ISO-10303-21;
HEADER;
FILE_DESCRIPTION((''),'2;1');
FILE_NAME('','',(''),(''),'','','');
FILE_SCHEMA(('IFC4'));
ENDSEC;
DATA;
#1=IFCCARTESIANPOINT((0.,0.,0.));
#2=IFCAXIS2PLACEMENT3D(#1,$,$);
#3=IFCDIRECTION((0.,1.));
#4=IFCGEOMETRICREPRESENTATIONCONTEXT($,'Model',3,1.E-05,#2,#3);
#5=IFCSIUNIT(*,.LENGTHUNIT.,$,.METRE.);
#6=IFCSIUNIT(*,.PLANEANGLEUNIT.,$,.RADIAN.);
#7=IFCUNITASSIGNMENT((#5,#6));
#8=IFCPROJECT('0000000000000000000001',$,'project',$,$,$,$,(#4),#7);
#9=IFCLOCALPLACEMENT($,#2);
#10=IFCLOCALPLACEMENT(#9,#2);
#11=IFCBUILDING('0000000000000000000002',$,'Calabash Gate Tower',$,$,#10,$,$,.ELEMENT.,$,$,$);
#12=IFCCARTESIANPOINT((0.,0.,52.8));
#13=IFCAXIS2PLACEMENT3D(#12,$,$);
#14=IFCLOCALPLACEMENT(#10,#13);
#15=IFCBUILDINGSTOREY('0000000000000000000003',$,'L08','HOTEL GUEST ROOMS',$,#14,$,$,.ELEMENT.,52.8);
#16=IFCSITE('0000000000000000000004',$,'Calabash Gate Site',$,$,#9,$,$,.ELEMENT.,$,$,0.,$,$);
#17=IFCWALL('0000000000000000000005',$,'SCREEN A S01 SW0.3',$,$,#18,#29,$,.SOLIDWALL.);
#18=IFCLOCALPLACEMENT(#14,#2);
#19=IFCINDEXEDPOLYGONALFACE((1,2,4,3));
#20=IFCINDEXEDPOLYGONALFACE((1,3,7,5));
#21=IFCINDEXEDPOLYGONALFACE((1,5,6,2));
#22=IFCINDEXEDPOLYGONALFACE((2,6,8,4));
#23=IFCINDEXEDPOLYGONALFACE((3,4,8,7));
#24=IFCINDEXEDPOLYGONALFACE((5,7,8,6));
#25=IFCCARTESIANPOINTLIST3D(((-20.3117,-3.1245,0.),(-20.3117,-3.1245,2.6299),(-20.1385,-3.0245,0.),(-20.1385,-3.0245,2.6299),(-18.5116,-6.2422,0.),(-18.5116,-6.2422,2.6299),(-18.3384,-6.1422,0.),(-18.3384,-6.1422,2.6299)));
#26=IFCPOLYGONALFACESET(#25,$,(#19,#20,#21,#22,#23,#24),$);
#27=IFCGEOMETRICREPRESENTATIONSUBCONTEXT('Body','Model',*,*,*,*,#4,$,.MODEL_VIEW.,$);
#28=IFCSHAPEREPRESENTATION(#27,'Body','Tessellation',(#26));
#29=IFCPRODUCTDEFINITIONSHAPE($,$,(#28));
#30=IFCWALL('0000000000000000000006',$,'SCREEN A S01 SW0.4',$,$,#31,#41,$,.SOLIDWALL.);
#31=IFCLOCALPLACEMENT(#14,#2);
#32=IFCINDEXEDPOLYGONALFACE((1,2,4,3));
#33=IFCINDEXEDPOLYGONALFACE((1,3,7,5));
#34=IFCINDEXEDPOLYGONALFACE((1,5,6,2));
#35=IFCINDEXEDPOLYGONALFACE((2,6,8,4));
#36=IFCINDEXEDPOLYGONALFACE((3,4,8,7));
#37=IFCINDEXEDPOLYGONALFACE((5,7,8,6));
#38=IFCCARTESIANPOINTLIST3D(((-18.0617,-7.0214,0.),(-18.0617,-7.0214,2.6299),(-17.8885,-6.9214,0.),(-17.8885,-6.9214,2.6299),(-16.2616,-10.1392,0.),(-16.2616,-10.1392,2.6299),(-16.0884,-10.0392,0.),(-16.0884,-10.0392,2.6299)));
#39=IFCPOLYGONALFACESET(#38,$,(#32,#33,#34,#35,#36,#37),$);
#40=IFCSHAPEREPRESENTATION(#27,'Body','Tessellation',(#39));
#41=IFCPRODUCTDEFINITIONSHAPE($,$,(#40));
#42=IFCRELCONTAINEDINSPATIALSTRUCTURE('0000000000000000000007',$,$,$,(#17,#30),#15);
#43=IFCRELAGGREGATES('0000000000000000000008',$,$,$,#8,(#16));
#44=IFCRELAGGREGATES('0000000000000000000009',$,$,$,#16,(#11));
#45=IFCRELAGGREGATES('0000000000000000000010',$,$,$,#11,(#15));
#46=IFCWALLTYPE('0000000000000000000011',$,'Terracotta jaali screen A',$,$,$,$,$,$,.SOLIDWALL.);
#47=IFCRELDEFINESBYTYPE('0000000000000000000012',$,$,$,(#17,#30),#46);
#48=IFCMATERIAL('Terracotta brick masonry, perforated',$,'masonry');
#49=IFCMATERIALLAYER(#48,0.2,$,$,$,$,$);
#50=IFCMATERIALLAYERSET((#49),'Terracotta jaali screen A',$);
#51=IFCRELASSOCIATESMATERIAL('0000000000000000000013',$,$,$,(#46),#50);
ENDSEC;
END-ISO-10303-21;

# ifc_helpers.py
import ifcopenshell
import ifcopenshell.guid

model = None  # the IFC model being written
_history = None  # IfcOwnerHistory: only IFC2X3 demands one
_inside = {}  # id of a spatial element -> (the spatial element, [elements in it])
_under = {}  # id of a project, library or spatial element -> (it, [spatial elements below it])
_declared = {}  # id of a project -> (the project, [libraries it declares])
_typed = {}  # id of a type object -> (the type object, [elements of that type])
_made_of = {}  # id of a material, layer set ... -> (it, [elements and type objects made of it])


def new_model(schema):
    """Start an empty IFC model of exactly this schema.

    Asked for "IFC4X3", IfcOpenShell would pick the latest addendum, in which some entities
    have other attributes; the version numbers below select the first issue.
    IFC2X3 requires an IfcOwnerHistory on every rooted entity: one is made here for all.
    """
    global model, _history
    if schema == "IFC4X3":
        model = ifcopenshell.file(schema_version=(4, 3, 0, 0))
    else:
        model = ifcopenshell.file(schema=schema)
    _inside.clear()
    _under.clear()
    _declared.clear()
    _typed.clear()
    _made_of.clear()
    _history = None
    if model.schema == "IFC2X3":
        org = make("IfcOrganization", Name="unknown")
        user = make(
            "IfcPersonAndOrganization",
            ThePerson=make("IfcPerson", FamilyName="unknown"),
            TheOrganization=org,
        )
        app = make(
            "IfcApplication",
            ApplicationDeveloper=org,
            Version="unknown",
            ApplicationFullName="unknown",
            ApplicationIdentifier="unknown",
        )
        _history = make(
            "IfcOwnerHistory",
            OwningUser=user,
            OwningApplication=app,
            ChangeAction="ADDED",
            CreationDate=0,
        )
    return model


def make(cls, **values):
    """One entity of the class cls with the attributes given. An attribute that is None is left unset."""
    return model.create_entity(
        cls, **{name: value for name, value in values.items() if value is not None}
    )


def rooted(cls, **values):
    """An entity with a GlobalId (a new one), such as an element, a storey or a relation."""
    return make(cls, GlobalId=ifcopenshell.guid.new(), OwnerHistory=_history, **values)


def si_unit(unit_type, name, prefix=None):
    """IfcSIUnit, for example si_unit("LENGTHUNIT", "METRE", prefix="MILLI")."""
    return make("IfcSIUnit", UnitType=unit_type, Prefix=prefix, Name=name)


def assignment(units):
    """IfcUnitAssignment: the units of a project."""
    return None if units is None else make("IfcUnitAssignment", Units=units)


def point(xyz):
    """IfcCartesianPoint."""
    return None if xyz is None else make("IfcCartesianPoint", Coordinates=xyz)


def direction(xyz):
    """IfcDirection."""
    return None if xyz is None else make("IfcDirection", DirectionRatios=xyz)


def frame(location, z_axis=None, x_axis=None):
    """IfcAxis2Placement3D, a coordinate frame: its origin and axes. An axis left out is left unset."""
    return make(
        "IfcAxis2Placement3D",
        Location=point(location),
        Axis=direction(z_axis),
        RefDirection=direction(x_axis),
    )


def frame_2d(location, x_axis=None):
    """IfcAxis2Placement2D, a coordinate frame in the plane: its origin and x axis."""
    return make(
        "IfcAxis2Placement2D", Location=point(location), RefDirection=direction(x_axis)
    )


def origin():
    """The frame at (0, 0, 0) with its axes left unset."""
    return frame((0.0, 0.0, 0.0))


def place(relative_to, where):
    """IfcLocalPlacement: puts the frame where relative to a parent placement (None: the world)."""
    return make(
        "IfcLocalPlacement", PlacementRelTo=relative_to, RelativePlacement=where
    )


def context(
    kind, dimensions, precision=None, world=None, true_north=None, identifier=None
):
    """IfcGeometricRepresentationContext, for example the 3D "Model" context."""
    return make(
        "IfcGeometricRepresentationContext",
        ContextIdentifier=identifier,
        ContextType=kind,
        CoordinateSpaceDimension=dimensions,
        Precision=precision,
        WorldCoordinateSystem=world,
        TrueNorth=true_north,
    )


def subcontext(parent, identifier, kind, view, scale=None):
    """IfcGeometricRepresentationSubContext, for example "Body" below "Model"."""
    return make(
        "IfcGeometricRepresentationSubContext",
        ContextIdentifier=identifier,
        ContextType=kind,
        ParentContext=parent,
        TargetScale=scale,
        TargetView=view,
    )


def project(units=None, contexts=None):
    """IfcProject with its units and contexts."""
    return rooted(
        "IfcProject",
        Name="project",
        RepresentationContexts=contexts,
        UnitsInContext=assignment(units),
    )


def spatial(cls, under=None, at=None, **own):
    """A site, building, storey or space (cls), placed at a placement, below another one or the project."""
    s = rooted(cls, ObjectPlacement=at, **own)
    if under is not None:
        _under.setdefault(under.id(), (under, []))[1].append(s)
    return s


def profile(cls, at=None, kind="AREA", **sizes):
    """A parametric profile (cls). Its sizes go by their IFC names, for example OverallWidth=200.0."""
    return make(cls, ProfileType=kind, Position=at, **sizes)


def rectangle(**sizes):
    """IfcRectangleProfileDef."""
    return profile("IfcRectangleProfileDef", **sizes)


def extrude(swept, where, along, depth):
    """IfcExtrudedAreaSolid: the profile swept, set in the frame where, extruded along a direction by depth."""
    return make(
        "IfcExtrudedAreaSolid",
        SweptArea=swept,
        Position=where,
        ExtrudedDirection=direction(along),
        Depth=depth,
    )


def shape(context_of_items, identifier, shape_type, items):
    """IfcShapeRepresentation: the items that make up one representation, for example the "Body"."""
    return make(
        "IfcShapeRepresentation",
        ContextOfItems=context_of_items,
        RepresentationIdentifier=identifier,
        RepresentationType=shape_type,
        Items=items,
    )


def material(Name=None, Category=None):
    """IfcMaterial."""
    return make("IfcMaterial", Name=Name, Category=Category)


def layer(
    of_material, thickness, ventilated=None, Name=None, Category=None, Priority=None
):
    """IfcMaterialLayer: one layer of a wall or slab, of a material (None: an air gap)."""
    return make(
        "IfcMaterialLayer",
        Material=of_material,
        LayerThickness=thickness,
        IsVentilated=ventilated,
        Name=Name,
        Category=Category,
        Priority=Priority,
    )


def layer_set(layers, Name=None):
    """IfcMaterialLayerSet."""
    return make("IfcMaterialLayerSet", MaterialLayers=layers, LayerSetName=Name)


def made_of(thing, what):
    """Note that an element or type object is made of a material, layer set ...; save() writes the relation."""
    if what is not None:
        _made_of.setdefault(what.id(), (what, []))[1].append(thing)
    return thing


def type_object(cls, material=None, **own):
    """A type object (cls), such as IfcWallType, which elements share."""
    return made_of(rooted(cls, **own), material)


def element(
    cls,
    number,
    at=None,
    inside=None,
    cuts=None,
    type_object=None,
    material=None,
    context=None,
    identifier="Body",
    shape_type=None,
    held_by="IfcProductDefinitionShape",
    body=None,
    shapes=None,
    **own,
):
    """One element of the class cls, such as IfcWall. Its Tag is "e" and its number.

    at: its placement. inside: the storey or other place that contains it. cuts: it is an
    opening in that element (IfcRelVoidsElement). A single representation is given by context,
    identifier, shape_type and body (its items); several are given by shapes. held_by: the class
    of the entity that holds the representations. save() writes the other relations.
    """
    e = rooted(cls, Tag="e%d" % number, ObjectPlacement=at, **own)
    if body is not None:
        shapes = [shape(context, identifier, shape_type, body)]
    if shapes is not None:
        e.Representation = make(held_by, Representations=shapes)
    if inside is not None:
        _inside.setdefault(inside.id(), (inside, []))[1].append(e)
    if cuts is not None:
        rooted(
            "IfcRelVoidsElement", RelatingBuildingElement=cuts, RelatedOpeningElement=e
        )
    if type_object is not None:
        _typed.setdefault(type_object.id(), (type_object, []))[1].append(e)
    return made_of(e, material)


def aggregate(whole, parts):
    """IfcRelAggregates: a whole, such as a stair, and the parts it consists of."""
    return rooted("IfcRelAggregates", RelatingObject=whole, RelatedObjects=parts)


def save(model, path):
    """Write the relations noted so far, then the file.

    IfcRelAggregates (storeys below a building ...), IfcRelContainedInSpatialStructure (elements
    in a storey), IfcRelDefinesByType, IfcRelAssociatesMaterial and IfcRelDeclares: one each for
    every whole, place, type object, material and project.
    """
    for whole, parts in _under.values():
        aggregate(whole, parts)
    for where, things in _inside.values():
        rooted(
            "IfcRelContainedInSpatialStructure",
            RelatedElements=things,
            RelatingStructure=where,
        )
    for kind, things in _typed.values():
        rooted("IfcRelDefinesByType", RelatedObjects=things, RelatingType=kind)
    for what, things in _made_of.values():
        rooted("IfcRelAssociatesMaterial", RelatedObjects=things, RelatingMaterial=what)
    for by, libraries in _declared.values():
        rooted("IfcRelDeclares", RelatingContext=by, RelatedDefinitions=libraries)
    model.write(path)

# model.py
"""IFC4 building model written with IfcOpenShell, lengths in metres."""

from ifc_helpers import new_model, si_unit, direction, frame, frame_2d, origin, place, context, subcontext, project, spatial, rectangle, extrude, material, layer, layer_set, type_object, element, save


model = new_model("IFC4")

# Units and contexts
model_context = context("Model", 3, precision=1e-05, world=origin(), true_north=direction((0.0, 1.0)))
body_context = subcontext(model_context, "Body", "Model", "MODEL_VIEW")
ifc_project = project(units=[si_unit("LENGTHUNIT", "METRE"), si_unit("PLANEANGLEUNIT", "RADIAN")], contexts=[model_context])

# Site, building, storey
site_placement = place(None, origin())
site = spatial("IfcSite", under=ifc_project, at=site_placement, Name="Calabash Gate Site", CompositionType="ELEMENT", RefElevation=0.0)
building_placement = place(site_placement, origin())
building = spatial("IfcBuilding", under=site, at=building_placement, Name="Calabash Gate Tower", CompositionType="ELEMENT")
storey_placement = place(building_placement, frame((0.0, 0.0, 52.8)))
storey = spatial("IfcBuildingStorey", under=building, at=storey_placement, Name="L08", Description="HOTEL GUEST ROOMS", CompositionType="ELEMENT", Elevation=52.8)

# Walls
ifc_material_1 = material(Name="Terracotta brick masonry, perforated", Category="masonry")
ifc_layer_1 = layer(ifc_material_1, 0.2)
ifc_layer_set_1 = layer_set([ifc_layer_1], Name="Terracotta jaali screen A")
wall_type_1 = type_object("IfcWallType", Name="Terracotta jaali screen A", PredefinedType="SOLIDWALL", material=ifc_layer_set_1)
for number, where, z_axis, x_axis, name in (
    (1, (-20.2251, -3.0745, 0.0), (0.0, 0.0, 1.0), (0.500012, -0.866018, 0.0), "SCREEN A S01 SW0.3"),
    (2, (-17.9751, -6.9714, 0.0), (0.0, 0.0, 1.0), (0.500012, -0.866018, 0.0), "SCREEN A S01 SW0.4"),
):
    element("IfcWall", number, at=place(storey_placement, frame(where, z_axis=z_axis, x_axis=x_axis)), inside=storey, type_object=wall_type_1, Name=name, PredefinedType="SOLIDWALL", context=body_context, shape_type="SweptSolid", body=[
        extrude(rectangle(XDim=3.6001, YDim=0.2, at=frame_2d((1.8, 0.0))), origin(), (0.0, 0.0, 1.0), 2.6299),
    ])

save(model, "model.ifc")
